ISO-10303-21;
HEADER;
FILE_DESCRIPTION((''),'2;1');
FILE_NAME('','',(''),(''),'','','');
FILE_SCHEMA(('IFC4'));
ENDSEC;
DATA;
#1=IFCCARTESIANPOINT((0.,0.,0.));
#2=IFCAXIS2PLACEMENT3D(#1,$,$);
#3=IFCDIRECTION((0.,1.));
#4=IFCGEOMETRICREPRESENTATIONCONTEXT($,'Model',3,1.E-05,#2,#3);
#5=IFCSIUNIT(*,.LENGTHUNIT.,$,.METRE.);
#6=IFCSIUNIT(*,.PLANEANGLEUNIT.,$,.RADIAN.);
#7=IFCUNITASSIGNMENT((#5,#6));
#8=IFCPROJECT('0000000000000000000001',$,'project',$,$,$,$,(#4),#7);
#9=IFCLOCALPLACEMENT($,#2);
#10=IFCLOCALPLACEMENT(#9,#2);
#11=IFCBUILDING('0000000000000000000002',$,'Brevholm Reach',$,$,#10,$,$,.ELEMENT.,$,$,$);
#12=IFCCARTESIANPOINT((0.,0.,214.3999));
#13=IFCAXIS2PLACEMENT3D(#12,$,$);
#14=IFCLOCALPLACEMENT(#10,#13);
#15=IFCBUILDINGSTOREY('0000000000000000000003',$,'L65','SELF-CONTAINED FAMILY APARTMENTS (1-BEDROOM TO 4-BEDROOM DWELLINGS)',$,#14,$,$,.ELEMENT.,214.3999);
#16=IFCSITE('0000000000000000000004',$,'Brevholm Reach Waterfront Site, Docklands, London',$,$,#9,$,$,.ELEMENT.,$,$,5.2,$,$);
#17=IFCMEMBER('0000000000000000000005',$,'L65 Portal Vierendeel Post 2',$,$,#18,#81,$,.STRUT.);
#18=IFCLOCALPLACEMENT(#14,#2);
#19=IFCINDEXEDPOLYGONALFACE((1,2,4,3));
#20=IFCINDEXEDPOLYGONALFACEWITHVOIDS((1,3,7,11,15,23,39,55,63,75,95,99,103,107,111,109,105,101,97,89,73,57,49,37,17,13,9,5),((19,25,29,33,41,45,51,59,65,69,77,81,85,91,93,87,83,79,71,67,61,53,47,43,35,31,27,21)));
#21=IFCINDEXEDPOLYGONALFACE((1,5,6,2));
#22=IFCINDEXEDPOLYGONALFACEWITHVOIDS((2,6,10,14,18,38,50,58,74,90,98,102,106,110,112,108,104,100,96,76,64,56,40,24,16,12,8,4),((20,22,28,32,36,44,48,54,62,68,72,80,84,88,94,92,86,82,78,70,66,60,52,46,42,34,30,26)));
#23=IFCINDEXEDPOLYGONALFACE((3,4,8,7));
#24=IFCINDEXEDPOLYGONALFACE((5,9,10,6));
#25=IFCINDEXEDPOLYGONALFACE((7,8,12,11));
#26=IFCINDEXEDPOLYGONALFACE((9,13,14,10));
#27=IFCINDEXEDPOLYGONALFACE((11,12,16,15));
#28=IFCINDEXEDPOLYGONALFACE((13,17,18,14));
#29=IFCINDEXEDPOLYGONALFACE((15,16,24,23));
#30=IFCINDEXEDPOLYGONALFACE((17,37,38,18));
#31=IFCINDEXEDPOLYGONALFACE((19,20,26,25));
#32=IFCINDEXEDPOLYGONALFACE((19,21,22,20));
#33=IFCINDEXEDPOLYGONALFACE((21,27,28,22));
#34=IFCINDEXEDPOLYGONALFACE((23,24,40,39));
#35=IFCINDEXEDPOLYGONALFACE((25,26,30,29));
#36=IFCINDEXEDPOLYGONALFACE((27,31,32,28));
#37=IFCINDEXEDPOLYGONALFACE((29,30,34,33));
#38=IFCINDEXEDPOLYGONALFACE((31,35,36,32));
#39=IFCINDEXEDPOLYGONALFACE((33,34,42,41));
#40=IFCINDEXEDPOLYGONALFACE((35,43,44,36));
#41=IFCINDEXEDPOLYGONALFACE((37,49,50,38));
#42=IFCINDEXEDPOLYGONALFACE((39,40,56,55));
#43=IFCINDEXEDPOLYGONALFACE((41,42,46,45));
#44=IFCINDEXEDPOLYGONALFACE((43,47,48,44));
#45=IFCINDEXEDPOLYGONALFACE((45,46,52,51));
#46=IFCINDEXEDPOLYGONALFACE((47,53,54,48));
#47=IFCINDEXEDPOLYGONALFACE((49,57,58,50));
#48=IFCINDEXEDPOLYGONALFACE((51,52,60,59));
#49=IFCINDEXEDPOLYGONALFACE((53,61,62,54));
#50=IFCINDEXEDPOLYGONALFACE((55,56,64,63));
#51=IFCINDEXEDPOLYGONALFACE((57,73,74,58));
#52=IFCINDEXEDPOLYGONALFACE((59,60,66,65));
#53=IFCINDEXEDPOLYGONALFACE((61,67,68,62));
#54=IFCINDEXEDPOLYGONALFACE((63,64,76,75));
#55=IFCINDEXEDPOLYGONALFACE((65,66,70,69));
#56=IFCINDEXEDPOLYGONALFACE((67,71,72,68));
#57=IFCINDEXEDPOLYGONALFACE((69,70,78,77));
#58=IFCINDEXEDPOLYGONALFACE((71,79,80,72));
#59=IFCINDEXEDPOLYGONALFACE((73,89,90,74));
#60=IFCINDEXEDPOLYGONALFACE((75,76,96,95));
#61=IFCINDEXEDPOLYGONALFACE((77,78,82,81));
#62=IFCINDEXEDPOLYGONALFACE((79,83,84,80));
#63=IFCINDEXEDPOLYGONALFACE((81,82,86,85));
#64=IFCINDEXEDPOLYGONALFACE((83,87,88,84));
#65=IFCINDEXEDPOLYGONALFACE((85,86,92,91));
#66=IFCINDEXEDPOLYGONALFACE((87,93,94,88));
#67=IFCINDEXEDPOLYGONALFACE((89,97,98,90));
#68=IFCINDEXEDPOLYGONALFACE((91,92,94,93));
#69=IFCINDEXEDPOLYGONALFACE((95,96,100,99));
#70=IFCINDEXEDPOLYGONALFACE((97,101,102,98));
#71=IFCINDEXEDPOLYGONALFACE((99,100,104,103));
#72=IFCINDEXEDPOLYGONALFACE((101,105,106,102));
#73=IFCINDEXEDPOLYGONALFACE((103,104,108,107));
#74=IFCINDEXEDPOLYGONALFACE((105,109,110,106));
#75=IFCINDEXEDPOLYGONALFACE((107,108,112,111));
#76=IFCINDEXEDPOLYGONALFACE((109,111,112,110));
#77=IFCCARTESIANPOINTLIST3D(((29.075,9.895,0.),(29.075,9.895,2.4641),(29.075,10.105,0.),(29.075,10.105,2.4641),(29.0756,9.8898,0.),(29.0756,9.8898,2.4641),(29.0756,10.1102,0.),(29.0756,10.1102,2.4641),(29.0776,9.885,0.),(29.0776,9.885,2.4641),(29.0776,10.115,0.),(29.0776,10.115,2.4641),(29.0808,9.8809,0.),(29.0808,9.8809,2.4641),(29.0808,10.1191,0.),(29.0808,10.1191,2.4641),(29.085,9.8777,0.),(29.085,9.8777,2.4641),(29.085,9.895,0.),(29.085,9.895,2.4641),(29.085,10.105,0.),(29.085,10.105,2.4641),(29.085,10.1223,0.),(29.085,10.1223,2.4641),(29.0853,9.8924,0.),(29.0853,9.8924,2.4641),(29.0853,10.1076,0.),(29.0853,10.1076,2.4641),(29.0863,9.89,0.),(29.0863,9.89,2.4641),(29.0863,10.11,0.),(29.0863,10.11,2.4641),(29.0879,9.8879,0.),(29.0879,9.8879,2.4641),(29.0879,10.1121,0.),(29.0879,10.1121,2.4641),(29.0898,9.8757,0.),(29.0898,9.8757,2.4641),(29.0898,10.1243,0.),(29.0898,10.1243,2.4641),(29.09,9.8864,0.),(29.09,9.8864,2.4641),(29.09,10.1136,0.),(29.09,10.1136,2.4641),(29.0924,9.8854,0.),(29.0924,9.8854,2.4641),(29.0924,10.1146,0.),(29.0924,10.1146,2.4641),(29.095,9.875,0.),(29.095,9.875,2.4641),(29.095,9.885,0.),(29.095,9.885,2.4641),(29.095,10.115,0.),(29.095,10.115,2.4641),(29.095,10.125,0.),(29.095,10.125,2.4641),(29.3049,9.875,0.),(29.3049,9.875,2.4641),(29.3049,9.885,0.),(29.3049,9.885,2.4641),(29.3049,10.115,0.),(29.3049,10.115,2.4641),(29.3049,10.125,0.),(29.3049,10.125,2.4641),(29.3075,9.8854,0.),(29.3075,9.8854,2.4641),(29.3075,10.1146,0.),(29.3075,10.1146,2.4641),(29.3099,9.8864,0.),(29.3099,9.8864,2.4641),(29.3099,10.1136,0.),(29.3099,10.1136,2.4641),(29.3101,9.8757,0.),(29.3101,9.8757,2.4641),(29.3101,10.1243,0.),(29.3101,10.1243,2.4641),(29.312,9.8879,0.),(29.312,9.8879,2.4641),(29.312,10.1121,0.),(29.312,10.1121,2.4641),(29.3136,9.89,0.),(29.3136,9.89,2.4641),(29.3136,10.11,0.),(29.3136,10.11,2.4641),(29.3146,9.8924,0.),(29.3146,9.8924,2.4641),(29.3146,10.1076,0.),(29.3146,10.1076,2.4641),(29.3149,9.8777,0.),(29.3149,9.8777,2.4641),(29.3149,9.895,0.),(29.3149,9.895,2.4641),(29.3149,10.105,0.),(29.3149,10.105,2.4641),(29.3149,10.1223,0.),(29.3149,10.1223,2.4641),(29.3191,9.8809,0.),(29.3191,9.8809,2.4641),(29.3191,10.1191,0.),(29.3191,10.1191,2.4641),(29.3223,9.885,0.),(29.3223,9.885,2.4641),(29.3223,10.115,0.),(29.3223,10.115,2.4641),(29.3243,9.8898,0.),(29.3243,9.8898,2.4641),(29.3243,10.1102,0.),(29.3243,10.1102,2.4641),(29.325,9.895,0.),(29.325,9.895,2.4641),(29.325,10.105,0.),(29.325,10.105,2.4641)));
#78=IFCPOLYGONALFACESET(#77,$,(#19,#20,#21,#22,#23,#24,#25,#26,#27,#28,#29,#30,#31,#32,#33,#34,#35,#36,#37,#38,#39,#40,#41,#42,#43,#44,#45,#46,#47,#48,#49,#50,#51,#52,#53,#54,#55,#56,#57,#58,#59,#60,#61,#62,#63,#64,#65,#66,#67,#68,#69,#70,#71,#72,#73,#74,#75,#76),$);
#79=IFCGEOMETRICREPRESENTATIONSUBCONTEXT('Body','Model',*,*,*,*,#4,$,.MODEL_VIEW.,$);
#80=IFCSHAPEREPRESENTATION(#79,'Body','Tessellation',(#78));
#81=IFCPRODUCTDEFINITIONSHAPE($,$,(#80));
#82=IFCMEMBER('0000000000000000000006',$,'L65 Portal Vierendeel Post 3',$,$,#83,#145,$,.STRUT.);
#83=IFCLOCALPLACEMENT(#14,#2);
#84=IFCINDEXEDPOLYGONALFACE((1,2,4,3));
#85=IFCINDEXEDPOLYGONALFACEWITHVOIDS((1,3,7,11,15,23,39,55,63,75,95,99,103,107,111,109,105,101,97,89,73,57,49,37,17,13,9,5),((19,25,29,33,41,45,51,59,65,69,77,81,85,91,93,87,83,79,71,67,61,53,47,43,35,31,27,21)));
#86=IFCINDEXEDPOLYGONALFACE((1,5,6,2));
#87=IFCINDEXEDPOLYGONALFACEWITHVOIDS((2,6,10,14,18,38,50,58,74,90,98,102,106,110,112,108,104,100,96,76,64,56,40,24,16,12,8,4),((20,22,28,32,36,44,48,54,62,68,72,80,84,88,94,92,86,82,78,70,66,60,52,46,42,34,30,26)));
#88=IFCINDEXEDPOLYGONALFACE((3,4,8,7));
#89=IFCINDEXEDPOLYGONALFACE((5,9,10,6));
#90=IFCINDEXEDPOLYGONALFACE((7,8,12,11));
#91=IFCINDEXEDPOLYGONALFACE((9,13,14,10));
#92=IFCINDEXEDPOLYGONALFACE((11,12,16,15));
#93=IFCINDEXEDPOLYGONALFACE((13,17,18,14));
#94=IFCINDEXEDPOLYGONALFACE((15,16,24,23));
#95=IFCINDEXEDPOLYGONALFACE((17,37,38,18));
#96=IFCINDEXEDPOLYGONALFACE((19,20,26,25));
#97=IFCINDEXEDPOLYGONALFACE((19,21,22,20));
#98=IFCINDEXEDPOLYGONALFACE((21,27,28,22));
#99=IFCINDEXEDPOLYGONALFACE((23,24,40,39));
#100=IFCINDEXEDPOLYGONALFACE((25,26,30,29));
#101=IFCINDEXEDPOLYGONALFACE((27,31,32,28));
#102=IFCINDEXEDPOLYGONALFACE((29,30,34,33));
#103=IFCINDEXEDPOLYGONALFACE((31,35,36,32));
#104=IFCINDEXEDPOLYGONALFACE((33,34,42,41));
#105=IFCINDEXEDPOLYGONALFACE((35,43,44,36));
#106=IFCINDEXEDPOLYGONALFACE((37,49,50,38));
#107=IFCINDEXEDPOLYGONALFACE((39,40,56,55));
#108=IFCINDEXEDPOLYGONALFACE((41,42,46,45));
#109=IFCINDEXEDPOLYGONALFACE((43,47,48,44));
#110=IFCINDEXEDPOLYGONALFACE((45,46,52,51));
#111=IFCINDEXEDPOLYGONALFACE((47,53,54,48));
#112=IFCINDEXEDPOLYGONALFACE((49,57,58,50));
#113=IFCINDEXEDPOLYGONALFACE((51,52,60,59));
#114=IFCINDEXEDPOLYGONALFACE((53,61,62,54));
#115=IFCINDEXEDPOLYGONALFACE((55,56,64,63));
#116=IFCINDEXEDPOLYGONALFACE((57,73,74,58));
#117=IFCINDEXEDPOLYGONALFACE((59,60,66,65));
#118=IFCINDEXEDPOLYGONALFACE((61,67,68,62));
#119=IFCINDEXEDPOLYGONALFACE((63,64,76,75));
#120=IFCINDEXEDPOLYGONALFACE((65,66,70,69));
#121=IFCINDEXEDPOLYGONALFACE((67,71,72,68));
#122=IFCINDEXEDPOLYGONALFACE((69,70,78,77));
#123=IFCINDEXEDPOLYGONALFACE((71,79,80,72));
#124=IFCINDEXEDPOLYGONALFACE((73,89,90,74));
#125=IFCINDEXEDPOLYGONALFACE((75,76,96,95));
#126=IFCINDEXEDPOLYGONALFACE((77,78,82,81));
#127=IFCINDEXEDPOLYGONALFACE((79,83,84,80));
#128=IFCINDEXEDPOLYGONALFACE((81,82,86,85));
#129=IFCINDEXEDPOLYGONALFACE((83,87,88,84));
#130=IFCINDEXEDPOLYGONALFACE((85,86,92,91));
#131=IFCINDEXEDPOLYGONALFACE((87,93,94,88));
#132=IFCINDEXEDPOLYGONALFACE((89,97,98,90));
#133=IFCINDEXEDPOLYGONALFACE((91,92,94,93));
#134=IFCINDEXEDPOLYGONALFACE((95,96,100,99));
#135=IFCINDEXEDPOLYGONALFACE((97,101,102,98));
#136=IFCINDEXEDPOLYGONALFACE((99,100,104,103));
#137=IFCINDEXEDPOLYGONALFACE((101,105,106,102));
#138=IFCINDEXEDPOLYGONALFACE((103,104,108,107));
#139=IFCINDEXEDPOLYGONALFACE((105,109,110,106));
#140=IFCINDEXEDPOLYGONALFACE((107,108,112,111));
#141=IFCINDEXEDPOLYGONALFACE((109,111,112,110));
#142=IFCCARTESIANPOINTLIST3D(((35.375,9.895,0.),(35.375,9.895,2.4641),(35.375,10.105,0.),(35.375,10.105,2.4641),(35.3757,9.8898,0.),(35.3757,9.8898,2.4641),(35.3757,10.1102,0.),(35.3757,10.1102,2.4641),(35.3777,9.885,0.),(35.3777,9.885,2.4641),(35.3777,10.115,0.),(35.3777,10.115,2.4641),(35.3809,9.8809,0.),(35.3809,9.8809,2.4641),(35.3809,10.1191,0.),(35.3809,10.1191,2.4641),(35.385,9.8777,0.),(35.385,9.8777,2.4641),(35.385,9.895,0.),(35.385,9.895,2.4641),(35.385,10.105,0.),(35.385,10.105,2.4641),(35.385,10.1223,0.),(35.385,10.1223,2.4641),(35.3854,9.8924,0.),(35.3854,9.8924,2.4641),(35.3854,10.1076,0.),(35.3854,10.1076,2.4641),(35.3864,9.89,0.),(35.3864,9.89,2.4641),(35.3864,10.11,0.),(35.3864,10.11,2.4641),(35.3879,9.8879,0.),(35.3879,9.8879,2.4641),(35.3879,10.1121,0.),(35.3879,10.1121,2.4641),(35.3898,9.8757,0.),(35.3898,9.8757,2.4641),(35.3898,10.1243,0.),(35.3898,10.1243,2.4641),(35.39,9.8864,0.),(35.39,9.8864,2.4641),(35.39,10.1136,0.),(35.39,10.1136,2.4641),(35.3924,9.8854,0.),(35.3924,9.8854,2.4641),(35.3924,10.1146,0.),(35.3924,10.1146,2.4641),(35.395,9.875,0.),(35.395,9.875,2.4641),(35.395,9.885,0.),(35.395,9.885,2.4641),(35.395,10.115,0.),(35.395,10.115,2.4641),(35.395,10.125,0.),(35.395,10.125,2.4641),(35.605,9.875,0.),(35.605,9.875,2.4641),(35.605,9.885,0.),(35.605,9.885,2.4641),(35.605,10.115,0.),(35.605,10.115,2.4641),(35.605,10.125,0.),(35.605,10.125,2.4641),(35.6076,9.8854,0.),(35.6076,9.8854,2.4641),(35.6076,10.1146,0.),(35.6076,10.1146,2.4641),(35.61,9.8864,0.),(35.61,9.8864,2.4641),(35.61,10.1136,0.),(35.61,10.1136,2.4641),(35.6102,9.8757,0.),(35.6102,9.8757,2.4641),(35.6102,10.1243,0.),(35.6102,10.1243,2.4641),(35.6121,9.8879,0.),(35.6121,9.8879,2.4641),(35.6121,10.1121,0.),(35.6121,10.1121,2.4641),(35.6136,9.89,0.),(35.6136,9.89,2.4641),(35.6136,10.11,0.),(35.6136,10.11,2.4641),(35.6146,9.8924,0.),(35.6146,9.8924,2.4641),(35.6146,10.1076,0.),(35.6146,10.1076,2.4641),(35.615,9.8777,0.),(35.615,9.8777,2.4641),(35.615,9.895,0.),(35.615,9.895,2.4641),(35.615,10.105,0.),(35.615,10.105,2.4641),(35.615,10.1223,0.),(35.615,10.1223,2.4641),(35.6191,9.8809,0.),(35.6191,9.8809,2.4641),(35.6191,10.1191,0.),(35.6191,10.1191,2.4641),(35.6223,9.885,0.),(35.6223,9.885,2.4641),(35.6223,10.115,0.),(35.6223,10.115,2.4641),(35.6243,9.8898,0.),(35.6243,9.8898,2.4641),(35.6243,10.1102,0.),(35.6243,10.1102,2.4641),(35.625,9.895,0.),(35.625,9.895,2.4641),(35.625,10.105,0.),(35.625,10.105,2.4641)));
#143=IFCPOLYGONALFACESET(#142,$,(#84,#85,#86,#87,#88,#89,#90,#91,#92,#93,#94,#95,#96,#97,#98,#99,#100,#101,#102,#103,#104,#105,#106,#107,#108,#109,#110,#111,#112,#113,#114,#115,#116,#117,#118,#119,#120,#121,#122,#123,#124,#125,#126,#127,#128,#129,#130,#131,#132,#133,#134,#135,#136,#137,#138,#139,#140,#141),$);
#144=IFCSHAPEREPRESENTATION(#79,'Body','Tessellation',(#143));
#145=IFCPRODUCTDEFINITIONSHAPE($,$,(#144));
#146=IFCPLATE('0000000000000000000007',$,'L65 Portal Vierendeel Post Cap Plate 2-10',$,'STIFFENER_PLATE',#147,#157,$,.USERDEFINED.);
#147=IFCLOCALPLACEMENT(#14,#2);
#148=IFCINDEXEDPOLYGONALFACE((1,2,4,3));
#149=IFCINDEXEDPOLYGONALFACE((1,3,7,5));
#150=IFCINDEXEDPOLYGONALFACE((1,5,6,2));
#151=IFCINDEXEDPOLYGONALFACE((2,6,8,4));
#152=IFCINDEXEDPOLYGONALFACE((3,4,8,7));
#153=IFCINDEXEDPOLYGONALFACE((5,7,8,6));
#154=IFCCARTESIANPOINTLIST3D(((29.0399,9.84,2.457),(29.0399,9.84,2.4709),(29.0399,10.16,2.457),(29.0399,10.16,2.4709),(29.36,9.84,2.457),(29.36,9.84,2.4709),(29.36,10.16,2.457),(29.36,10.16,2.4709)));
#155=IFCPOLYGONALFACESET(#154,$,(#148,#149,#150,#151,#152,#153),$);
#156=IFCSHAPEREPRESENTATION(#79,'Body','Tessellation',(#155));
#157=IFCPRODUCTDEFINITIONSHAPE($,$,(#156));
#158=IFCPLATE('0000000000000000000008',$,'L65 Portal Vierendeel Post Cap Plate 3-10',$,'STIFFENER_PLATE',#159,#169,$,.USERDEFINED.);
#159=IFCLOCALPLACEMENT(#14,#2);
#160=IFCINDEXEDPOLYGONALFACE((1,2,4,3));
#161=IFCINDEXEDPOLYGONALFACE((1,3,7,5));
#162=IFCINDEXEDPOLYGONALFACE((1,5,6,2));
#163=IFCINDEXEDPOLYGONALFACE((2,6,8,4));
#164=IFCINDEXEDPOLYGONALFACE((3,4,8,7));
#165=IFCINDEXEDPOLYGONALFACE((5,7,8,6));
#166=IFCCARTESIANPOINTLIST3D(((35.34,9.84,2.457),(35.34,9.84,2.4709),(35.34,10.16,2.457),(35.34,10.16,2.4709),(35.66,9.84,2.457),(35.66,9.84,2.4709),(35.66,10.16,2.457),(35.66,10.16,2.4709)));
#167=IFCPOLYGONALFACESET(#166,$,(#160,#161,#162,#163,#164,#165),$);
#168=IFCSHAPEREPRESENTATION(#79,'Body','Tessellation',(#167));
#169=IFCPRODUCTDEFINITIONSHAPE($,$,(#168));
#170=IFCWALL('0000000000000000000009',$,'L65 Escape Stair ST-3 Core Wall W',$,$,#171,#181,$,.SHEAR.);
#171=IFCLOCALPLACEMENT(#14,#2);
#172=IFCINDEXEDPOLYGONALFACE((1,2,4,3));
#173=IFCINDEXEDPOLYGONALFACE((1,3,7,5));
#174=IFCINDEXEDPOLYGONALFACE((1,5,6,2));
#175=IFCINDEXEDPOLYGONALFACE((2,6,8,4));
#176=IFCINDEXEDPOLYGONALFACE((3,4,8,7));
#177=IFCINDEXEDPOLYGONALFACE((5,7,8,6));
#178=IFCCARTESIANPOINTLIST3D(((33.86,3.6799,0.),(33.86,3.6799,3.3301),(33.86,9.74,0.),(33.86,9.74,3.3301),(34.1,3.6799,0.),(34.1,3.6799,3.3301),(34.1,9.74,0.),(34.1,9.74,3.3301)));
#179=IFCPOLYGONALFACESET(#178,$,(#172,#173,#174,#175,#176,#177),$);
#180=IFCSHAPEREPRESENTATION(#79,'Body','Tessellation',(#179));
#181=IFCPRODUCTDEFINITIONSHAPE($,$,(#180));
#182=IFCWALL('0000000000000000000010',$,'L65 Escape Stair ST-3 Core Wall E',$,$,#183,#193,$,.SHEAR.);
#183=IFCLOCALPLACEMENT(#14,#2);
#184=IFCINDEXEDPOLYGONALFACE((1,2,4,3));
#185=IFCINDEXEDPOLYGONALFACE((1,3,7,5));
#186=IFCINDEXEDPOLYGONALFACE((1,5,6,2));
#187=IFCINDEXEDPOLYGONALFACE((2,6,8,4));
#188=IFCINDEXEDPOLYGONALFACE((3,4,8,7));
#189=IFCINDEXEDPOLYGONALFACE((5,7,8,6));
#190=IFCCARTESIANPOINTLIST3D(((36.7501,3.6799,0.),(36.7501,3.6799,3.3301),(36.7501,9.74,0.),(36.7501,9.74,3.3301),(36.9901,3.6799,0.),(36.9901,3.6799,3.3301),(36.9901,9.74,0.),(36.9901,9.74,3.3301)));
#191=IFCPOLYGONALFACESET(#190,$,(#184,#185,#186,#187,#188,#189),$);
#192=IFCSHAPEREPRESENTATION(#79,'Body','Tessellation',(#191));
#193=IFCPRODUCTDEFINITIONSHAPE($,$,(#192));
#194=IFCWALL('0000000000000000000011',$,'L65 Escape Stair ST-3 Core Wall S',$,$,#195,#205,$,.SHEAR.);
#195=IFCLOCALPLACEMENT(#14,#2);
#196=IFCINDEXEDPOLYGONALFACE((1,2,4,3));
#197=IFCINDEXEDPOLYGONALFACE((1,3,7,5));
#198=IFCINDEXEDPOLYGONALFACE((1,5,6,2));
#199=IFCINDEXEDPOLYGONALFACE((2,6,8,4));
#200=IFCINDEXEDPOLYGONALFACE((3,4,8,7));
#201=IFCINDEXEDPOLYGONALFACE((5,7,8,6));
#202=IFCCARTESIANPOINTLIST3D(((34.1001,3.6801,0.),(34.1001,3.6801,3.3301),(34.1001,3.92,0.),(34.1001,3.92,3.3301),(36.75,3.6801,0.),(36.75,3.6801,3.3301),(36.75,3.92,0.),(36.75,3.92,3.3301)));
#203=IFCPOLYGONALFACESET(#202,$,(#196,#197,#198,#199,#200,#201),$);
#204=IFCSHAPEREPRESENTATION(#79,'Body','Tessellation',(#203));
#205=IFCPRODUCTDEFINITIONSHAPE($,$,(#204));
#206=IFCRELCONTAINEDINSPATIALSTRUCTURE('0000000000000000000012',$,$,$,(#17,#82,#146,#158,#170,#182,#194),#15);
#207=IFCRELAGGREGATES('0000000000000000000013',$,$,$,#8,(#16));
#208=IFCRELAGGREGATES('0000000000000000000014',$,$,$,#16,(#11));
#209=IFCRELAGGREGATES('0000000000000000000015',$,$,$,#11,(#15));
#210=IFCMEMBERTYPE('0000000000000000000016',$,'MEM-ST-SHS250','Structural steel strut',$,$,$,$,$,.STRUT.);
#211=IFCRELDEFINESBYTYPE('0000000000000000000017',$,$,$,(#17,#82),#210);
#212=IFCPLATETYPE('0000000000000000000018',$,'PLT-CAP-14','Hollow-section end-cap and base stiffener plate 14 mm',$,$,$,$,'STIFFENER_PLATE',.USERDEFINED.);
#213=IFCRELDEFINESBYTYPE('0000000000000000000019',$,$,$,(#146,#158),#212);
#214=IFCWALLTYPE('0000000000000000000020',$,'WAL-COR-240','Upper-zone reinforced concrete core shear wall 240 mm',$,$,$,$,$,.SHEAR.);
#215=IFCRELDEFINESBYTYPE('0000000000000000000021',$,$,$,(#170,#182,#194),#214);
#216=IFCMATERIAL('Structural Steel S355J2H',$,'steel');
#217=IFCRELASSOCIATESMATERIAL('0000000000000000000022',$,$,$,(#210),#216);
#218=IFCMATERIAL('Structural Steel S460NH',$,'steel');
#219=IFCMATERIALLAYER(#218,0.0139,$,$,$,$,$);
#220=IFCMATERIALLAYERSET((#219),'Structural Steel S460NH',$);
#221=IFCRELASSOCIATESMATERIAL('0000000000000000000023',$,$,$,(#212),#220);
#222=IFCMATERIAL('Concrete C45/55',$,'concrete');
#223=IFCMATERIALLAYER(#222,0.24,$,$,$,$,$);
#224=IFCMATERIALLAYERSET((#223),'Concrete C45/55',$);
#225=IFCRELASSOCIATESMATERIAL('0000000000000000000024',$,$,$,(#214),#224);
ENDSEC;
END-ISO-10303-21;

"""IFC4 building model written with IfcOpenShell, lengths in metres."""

from ifc_helpers import new_model, si_unit, direction, frame, frame_2d, origin, origin_2d, place, context, subcontext, project, spatial, rectangle, hollow_rectangle, extrude, material, layer, layer_set, material_profile, profile_set, type_object, element, save


model = new_model("IFC4")

# Units and contexts
model_context = context("Model", 3, precision=1e-05, world=origin(), true_north=direction((0.0, 1.0)))
body_context = subcontext(model_context, "Body", "Model", "MODEL_VIEW")
ifc_project = project(units=[si_unit("LENGTHUNIT", "METRE"), si_unit("PLANEANGLEUNIT", "RADIAN")], contexts=[model_context])

# Site, building, storey
site_placement = place(None, origin())
site = spatial("IfcSite", under=ifc_project, at=site_placement, Name="Brevholm Reach Waterfront Site, Docklands, London", CompositionType="ELEMENT", RefElevation=5.2)
building_placement = place(site_placement, origin())
building = spatial("IfcBuilding", under=site, at=building_placement, Name="Brevholm Reach", CompositionType="ELEMENT")
storey_placement = place(building_placement, frame((0.0, 0.0, 214.3999)))
storey = spatial("IfcBuildingStorey", under=building, at=storey_placement, Name="L65", Description="SELF-CONTAINED FAMILY APARTMENTS (1-BEDROOM TO 4-BEDROOM DWELLINGS)", CompositionType="ELEMENT", Elevation=214.3999)

# Members
ifc_material_1 = material(Name="Structural Steel S355J2H", Category="steel")
ifc_material_profile_1 = material_profile(ifc_material_1, hollow_rectangle(XDim=0.25, YDim=0.25, WallThickness=0.01, InnerFilletRadius=0.01, OuterFilletRadius=0.02, at=origin_2d()), Name="SHS 250x250x10")
ifc_profile_set_1 = profile_set([ifc_material_profile_1], Name="Structural Steel S355J2H")
member_type = type_object("IfcMemberType", Name="MEM-ST-SHS250", Description="Structural steel strut", PredefinedType="STRUT", material=ifc_profile_set_1)
for number, where, z_axis, x_axis, name in (
    (1, (29.2, 10.0, 0.0), (0.0, 0.0, 1.0), (1.0, 0.0, 0.0), "L65 Portal Vierendeel Post 2"),
    (2, (35.5, 10.0, 0.0), (0.0, 0.0, 1.0), (1.0, 0.0, 0.0), "L65 Portal Vierendeel Post 3"),
):
    element("IfcMember", number, at=place(storey_placement, frame(where, z_axis=z_axis, x_axis=x_axis)), inside=storey, type_object=member_type, Name=name, PredefinedType="STRUT", context=body_context, shape_type="SweptSolid", body=[
        extrude(hollow_rectangle(XDim=0.25, YDim=0.25, WallThickness=0.01, InnerFilletRadius=0.01, OuterFilletRadius=0.02, at=origin_2d()), origin(), (0.0, 0.0, 1.0), 2.4641),
    ])

# Plates
ifc_material_2 = material(Name="Structural Steel S460NH", Category="steel")
ifc_layer_1 = layer(ifc_material_2, 0.0139)
ifc_layer_set_1 = layer_set([ifc_layer_1], Name="Structural Steel S460NH")
plate_type = type_object("IfcPlateType", Name="PLT-CAP-14", Description="Hollow-section end-cap and base stiffener plate 14 mm", ElementType="STIFFENER_PLATE", PredefinedType="USERDEFINED", material=ifc_layer_set_1)
for number, where, z_axis, x_axis, name in (
    (3, (29.2, 10.0, 2.457), (0.0, 0.0, 1.0), (1.0, 0.0, 0.0), "L65 Portal Vierendeel Post Cap Plate 2-10"),
    (4, (35.5, 10.0, 2.457), (0.0, 0.0, 1.0), (1.0, 0.0, 0.0), "L65 Portal Vierendeel Post Cap Plate 3-10"),
):
    element("IfcPlate", number, at=place(storey_placement, frame(where, z_axis=z_axis, x_axis=x_axis)), inside=storey, type_object=plate_type, Name=name, ObjectType="STIFFENER_PLATE", PredefinedType="USERDEFINED", context=body_context, shape_type="SweptSolid", body=[
        extrude(rectangle(XDim=0.3201, YDim=0.3201, at=origin_2d()), origin(), (0.0, 0.0, 1.0), 0.0139),
    ])

# Walls
ifc_material_3 = material(Name="Concrete C45/55", Category="concrete")
ifc_layer_2 = layer(ifc_material_3, 0.24)
ifc_layer_set_2 = layer_set([ifc_layer_2], Name="Concrete C45/55")
wall_type_1 = type_object("IfcWallType", Name="WAL-COR-240", Description="Upper-zone reinforced concrete core shear wall 240 mm", PredefinedType="SHEAR", material=ifc_layer_set_2)
for number, where, z_axis, x_axis, name in (
    (5, (33.98, 3.6799, 0.0), (0.0, 0.0, 1.0), (0.0, 1.0, 0.0), "L65 Escape Stair ST-3 Core Wall W"),
    (6, (36.8701, 3.6799, 0.0), (0.0, 0.0, 1.0), (0.0, 1.0, 0.0), "L65 Escape Stair ST-3 Core Wall E"),
):
    element("IfcWall", number, at=place(storey_placement, frame(where, z_axis=z_axis, x_axis=x_axis)), inside=storey, type_object=wall_type_1, Name=name, PredefinedType="SHEAR", context=body_context, shape_type="SweptSolid", body=[
        extrude(rectangle(XDim=6.0601, YDim=0.24, at=frame_2d((3.03, 0.0))), origin(), (0.0, 0.0, 1.0), 3.3301),
    ])
wall_1_placement = place(storey_placement, frame((34.1001, 3.8, 0.0), z_axis=(0.0, 0.0, 1.0), x_axis=(1.0, 0.0, 0.0)))
element("IfcWall", 7, at=wall_1_placement, inside=storey, type_object=wall_type_1, Name="L65 Escape Stair ST-3 Core Wall S", PredefinedType="SHEAR", context=body_context, shape_type="SweptSolid", body=[
    extrude(rectangle(XDim=2.6499, YDim=0.24, at=frame_2d((1.325, 0.0))), origin(), (0.0, 0.0, 1.0), 3.3301),
])

save(model, "model.ifc")
